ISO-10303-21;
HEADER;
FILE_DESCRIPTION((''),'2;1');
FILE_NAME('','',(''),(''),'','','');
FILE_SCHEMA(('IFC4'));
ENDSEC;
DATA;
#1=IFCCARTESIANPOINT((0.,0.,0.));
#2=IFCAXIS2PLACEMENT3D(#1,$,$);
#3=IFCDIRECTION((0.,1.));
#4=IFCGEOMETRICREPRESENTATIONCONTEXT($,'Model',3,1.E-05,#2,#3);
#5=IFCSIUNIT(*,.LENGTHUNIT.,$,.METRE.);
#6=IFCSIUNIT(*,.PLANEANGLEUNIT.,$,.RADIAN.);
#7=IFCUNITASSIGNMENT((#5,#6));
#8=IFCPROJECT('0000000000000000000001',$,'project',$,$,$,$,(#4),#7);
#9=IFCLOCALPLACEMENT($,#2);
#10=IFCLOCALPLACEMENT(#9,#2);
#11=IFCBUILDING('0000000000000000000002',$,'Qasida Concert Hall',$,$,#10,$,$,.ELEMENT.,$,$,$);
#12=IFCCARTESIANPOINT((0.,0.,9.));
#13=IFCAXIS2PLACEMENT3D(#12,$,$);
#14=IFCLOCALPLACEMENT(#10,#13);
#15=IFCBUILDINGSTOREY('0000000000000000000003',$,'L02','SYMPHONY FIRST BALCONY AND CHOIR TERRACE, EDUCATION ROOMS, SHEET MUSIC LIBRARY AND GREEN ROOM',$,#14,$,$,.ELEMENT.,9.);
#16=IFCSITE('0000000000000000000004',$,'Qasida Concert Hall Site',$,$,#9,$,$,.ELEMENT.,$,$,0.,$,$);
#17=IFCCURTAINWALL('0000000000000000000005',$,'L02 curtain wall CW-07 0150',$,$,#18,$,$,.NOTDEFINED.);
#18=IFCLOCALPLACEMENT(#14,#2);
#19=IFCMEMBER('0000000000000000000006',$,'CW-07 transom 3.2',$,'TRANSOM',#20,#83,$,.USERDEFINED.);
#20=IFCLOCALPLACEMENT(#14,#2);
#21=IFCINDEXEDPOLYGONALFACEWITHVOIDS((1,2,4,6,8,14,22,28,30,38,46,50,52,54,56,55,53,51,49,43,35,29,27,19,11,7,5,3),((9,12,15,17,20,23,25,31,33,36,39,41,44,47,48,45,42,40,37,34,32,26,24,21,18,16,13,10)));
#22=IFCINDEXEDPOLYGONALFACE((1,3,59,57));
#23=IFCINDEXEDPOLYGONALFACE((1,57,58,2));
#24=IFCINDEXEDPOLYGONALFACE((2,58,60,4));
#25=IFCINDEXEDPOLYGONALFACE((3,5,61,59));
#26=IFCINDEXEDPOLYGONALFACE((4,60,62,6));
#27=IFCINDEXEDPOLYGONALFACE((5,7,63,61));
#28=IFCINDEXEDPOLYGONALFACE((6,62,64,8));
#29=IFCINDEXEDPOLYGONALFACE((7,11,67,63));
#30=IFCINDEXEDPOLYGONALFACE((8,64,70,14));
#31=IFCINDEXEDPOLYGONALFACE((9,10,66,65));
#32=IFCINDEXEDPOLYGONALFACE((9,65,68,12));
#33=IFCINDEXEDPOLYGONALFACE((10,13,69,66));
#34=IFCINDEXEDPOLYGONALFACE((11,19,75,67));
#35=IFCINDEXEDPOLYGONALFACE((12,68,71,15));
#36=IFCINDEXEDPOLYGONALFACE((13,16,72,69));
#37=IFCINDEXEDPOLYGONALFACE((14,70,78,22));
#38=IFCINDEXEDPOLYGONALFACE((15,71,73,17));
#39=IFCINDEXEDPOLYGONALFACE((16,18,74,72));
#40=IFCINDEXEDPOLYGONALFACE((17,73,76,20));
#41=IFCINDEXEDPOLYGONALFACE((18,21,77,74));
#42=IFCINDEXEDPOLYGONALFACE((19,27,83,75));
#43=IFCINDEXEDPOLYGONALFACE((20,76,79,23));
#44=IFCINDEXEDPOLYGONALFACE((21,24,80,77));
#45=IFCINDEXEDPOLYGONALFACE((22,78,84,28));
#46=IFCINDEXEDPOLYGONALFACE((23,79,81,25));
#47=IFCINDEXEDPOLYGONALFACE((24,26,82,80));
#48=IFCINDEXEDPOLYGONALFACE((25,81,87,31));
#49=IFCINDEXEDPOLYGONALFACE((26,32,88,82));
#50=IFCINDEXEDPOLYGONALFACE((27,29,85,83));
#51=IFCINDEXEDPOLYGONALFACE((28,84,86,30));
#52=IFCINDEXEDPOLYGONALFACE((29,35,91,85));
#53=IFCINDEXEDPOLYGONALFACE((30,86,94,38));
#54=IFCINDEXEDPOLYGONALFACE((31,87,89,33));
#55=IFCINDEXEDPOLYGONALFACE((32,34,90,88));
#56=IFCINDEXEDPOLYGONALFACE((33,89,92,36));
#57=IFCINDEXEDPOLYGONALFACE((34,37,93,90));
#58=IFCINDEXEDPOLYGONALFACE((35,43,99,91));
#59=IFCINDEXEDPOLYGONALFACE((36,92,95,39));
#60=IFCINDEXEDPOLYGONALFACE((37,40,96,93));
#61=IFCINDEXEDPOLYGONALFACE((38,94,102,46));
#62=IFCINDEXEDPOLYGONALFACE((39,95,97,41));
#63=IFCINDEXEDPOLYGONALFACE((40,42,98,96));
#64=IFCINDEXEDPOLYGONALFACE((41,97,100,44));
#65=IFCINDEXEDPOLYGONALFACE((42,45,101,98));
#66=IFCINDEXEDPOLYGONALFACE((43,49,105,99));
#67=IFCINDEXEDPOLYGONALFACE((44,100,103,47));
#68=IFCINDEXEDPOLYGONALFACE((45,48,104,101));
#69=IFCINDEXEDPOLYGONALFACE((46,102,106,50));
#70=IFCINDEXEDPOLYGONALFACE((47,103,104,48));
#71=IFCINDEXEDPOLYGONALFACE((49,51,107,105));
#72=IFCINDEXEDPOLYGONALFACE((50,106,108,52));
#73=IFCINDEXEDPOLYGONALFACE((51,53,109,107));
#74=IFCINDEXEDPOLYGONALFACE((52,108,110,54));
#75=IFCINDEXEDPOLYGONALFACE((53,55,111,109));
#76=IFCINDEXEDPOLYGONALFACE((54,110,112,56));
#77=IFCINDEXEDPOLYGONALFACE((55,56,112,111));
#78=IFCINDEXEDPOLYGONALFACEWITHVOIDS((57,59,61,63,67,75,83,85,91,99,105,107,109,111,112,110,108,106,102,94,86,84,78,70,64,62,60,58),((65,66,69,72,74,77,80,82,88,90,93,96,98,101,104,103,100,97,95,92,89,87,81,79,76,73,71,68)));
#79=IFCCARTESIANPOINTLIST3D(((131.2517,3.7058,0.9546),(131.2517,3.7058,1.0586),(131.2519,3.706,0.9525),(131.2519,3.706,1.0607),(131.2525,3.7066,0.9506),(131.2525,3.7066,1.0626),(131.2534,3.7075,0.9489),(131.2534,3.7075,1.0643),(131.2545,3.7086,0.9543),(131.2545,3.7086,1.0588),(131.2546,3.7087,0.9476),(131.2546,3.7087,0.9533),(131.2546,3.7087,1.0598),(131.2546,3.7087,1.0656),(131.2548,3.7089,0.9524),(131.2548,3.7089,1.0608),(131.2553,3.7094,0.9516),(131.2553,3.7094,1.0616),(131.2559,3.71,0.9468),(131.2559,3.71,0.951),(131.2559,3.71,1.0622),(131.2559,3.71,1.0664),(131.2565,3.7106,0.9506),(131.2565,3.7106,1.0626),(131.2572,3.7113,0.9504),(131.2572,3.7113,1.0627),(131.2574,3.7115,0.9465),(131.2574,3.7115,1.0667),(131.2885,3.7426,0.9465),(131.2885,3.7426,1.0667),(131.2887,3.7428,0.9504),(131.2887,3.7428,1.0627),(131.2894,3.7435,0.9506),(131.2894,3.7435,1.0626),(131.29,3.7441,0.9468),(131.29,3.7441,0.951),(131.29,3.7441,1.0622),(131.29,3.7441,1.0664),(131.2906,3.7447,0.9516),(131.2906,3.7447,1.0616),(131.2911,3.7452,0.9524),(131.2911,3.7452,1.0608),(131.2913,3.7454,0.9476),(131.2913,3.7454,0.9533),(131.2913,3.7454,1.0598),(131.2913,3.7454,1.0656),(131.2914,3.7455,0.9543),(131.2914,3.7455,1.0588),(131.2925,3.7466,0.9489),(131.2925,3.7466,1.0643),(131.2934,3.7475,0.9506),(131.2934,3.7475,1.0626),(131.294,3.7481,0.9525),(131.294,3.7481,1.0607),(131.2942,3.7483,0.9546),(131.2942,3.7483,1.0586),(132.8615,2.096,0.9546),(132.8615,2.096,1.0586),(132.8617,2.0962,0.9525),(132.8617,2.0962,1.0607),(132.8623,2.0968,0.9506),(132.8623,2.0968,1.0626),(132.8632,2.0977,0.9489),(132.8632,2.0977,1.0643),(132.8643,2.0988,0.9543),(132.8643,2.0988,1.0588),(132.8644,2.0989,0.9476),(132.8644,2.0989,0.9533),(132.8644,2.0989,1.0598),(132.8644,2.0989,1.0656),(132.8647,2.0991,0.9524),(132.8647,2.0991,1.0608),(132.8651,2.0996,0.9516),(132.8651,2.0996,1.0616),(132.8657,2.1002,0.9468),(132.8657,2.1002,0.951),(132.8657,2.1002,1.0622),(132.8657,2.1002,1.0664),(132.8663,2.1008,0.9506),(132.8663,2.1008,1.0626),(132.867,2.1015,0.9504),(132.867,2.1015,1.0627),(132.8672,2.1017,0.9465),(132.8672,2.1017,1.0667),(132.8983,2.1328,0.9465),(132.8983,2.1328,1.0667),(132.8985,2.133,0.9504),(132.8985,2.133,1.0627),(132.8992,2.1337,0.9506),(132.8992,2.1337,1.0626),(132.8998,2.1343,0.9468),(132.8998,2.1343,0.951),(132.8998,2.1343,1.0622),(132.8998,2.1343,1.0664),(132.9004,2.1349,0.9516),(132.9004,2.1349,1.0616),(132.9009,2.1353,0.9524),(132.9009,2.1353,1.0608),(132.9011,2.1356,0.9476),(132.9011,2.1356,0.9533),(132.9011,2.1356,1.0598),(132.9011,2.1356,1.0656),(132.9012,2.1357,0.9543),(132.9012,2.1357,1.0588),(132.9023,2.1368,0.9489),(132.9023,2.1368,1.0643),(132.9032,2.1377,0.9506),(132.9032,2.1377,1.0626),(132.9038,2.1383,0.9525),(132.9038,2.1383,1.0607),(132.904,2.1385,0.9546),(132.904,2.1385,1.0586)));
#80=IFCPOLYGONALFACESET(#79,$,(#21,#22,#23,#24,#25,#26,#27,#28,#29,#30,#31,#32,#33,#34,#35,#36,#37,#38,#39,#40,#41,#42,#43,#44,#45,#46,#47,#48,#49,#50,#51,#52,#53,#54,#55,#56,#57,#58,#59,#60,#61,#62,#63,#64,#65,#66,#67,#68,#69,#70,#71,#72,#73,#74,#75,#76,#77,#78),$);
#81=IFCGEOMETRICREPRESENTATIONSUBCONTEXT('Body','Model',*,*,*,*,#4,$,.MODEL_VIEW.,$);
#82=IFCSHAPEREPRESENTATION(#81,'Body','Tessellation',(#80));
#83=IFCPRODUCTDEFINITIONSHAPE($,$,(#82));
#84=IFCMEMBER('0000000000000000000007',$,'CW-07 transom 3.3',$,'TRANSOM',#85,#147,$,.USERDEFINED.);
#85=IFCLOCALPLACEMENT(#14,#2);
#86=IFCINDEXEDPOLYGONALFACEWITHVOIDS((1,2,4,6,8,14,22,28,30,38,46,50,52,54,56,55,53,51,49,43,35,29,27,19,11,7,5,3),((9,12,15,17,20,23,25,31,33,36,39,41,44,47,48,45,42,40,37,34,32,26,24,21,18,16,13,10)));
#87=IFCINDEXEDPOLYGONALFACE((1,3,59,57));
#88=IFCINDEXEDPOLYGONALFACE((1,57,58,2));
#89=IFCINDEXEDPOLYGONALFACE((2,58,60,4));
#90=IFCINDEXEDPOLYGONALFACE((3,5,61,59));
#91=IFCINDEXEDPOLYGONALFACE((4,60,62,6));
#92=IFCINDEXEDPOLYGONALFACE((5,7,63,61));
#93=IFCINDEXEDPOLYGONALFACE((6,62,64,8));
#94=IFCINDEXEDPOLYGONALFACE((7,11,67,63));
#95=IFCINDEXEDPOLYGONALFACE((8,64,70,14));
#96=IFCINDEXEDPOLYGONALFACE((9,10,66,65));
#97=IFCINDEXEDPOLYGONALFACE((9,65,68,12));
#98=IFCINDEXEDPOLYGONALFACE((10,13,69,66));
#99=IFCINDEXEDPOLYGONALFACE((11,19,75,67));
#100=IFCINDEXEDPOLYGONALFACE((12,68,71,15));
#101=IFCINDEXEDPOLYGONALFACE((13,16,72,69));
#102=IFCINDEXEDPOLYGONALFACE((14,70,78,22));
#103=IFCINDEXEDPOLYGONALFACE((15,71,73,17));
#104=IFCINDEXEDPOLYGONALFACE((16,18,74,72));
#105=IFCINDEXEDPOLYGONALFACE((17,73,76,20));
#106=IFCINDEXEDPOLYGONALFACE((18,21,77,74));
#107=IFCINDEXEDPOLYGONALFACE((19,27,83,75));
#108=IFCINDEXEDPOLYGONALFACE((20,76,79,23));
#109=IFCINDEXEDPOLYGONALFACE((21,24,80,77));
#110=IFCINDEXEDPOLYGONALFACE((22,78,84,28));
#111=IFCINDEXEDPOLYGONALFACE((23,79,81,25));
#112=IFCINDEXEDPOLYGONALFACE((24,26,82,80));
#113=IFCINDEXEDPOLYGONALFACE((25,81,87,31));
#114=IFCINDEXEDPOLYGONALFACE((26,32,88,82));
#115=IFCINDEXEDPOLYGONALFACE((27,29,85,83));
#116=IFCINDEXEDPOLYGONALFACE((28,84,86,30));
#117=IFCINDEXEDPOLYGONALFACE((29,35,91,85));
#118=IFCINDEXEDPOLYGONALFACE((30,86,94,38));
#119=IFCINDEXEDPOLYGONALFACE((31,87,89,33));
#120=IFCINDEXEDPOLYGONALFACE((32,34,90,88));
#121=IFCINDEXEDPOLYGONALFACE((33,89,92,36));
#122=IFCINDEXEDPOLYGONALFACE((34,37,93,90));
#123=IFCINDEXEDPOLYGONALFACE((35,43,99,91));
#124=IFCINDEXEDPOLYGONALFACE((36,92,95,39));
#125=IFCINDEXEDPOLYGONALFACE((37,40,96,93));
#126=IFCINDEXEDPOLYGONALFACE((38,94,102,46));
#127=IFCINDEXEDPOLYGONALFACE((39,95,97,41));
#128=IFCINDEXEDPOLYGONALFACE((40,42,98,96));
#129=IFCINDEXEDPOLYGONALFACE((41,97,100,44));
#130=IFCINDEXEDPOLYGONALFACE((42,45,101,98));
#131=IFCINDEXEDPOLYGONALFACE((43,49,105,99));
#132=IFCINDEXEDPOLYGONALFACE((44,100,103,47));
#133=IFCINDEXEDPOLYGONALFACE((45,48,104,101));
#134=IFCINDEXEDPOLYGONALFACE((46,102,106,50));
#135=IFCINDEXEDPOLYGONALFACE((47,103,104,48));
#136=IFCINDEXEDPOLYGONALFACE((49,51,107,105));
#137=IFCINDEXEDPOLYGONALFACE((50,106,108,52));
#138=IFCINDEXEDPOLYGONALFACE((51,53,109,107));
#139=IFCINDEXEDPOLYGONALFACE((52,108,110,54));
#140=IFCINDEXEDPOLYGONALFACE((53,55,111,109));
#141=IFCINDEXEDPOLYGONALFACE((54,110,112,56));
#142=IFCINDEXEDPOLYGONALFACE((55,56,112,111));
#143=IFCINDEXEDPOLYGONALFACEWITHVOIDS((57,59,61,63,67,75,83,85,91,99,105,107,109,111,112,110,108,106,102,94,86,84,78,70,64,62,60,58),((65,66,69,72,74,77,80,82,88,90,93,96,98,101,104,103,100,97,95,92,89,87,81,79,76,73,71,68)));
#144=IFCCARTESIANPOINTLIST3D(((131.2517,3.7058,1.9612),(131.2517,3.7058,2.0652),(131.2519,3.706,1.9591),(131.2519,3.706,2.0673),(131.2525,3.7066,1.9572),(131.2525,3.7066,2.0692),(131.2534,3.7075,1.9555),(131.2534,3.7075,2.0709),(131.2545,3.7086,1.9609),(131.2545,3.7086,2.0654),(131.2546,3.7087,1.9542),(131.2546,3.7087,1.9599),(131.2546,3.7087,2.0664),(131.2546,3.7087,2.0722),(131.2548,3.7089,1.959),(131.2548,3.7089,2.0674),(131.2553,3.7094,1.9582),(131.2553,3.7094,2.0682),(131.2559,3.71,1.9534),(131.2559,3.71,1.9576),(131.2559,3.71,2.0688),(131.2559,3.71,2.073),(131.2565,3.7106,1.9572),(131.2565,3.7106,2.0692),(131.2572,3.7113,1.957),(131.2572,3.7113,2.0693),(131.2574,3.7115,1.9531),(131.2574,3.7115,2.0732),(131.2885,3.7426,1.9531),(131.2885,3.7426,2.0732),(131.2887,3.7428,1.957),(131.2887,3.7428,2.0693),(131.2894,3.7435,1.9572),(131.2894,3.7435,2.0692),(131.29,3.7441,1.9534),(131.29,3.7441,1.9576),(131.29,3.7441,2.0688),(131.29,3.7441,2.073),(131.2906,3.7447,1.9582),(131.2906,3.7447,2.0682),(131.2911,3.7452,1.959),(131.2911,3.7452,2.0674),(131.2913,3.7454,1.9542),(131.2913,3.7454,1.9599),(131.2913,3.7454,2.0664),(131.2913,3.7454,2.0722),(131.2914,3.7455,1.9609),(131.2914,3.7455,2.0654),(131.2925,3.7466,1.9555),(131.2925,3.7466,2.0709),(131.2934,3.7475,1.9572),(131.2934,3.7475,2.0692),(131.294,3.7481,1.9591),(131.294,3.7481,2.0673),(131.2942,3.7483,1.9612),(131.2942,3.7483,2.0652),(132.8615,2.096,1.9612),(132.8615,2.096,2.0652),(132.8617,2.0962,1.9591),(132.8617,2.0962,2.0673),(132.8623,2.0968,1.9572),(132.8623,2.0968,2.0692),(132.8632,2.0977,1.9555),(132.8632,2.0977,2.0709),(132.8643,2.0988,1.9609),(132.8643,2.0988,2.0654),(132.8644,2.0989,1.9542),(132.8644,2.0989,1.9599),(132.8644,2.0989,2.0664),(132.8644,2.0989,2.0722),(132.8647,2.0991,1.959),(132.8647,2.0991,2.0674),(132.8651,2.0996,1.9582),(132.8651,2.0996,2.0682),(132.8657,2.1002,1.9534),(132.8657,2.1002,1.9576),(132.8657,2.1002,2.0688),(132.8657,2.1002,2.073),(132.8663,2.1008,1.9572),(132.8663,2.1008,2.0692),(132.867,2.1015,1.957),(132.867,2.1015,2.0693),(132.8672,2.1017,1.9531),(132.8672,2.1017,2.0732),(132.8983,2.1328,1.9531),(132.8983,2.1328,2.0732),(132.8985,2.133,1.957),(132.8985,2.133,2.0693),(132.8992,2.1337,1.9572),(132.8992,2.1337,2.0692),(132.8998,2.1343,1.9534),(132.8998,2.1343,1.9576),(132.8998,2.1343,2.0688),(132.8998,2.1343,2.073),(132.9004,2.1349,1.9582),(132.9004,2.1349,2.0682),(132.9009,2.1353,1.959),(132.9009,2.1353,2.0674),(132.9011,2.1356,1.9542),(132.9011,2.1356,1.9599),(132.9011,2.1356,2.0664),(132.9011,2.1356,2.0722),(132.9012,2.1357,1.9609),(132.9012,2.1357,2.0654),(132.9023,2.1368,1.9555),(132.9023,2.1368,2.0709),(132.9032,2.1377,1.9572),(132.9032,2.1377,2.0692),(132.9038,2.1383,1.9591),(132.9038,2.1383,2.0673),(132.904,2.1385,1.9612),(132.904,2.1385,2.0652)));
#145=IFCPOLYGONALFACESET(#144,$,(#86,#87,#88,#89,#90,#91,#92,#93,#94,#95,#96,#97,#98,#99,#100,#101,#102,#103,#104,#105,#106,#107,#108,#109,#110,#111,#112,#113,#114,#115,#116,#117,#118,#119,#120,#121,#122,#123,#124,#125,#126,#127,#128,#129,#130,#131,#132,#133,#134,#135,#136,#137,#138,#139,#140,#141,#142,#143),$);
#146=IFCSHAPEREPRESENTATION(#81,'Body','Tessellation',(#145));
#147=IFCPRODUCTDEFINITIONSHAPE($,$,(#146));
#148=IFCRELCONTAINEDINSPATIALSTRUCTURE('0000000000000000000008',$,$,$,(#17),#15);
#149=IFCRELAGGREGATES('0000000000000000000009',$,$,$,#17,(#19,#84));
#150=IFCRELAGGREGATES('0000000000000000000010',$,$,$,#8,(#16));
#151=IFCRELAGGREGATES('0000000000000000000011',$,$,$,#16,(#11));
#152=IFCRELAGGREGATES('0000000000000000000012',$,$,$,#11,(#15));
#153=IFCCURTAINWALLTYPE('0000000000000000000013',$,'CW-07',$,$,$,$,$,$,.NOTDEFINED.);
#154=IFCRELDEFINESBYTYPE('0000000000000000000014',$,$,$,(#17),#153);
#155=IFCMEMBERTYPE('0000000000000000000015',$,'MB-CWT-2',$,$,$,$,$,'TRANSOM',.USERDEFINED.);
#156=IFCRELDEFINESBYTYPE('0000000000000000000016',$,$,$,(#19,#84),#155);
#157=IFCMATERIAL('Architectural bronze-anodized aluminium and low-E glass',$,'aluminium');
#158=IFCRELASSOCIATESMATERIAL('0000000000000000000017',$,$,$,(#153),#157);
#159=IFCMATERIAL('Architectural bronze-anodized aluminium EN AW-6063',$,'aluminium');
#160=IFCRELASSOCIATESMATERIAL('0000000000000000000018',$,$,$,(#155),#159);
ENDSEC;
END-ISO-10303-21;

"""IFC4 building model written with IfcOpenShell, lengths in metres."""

from ifc_helpers import new_model, si_unit, direction, frame, origin, origin_2d, place, context, subcontext, project, spatial, hollow_rectangle, extrude, material, material_profile, profile_set, type_object, element, aggregate, save


model = new_model("IFC4")

# Units and contexts
model_context = context("Model", 3, precision=1e-05, world=origin(), true_north=direction((0.0, 1.0)))
body_context = subcontext(model_context, "Body", "Model", "MODEL_VIEW")
ifc_project = project(units=[si_unit("LENGTHUNIT", "METRE"), si_unit("PLANEANGLEUNIT", "RADIAN")], contexts=[model_context])

# Site, building, storey
site_placement = place(None, origin())
site = spatial("IfcSite", under=ifc_project, at=site_placement, Name="Qasida Concert Hall Site", CompositionType="ELEMENT", RefElevation=0.0)
building_placement = place(site_placement, origin())
building = spatial("IfcBuilding", under=site, at=building_placement, Name="Qasida Concert Hall", CompositionType="ELEMENT")
storey_placement = place(building_placement, frame((0.0, 0.0, 9.0)))
storey = spatial("IfcBuildingStorey", under=building, at=storey_placement, Name="L02", Description="SYMPHONY FIRST BALCONY AND CHOIR TERRACE, EDUCATION ROOMS, SHEET MUSIC LIBRARY AND GREEN ROOM", CompositionType="ELEMENT", Elevation=9.0)

# Shared definitions
ifc_material_1 = material(Name="Architectural bronze-anodized aluminium and low-E glass", Category="aluminium")
curtain_wall_type = type_object("IfcCurtainWallType", Name="CW-07", PredefinedType="NOTDEFINED", material=ifc_material_1)
ifc_material_2 = material(Name="Architectural bronze-anodized aluminium EN AW-6063", Category="aluminium")

# Curtain wall
curtain_wall_1_placement = place(storey_placement, origin())
curtain_wall_1 = element("IfcCurtainWall", 1, at=curtain_wall_1_placement, inside=storey, type_object=curtain_wall_type, Name="L02 curtain wall CW-07 0150", PredefinedType="NOTDEFINED")

# Members
ifc_material_profile_1 = material_profile(ifc_material_2, hollow_rectangle(XDim=0.0601, YDim=0.1201, WallThickness=0.0039, InnerFilletRadius=0.0039, OuterFilletRadius=0.0081, at=origin_2d()), Name="CWT 120x60x4")
ifc_profile_set_1 = profile_set([ifc_material_profile_1], Name="Architectural bronze-anodized aluminium EN AW-6063")
member_type_1 = type_object("IfcMemberType", Name="MB-CWT-2", ElementType="TRANSOM", PredefinedType="USERDEFINED", material=ifc_profile_set_1)
member_1_placement = place(storey_placement, frame((131.2729, 3.7271, 1.0066), z_axis=(0.707107, -0.707107, 0.0), x_axis=(0.707107, 0.707107, 0.0)))
member_1 = element("IfcMember", 2, at=member_1_placement, type_object=member_type_1, Name="CW-07 transom 3.2", ObjectType="TRANSOM", PredefinedType="USERDEFINED", context=body_context, shape_type="SweptSolid", body=[
    extrude(hollow_rectangle(XDim=0.0601, YDim=0.1201, WallThickness=0.0039, InnerFilletRadius=0.0039, OuterFilletRadius=0.0081, at=origin_2d()), origin(), (0.0, 0.0, 1.0), 2.2766),
])
member_2_placement = place(storey_placement, frame((131.2729, 3.7271, 2.0132), z_axis=(0.707107, -0.707107, 0.0), x_axis=(0.707107, 0.707107, 0.0)))
member_2 = element("IfcMember", 3, at=member_2_placement, type_object=member_type_1, Name="CW-07 transom 3.3", ObjectType="TRANSOM", PredefinedType="USERDEFINED", context=body_context, shape_type="SweptSolid", body=[
    extrude(hollow_rectangle(XDim=0.0601, YDim=0.1201, WallThickness=0.0039, InnerFilletRadius=0.0039, OuterFilletRadius=0.0081, at=origin_2d()), origin(), (0.0, 0.0, 1.0), 2.2766),
])

aggregate(curtain_wall_1, [member_1, member_2])

save(model, "model.ifc")
